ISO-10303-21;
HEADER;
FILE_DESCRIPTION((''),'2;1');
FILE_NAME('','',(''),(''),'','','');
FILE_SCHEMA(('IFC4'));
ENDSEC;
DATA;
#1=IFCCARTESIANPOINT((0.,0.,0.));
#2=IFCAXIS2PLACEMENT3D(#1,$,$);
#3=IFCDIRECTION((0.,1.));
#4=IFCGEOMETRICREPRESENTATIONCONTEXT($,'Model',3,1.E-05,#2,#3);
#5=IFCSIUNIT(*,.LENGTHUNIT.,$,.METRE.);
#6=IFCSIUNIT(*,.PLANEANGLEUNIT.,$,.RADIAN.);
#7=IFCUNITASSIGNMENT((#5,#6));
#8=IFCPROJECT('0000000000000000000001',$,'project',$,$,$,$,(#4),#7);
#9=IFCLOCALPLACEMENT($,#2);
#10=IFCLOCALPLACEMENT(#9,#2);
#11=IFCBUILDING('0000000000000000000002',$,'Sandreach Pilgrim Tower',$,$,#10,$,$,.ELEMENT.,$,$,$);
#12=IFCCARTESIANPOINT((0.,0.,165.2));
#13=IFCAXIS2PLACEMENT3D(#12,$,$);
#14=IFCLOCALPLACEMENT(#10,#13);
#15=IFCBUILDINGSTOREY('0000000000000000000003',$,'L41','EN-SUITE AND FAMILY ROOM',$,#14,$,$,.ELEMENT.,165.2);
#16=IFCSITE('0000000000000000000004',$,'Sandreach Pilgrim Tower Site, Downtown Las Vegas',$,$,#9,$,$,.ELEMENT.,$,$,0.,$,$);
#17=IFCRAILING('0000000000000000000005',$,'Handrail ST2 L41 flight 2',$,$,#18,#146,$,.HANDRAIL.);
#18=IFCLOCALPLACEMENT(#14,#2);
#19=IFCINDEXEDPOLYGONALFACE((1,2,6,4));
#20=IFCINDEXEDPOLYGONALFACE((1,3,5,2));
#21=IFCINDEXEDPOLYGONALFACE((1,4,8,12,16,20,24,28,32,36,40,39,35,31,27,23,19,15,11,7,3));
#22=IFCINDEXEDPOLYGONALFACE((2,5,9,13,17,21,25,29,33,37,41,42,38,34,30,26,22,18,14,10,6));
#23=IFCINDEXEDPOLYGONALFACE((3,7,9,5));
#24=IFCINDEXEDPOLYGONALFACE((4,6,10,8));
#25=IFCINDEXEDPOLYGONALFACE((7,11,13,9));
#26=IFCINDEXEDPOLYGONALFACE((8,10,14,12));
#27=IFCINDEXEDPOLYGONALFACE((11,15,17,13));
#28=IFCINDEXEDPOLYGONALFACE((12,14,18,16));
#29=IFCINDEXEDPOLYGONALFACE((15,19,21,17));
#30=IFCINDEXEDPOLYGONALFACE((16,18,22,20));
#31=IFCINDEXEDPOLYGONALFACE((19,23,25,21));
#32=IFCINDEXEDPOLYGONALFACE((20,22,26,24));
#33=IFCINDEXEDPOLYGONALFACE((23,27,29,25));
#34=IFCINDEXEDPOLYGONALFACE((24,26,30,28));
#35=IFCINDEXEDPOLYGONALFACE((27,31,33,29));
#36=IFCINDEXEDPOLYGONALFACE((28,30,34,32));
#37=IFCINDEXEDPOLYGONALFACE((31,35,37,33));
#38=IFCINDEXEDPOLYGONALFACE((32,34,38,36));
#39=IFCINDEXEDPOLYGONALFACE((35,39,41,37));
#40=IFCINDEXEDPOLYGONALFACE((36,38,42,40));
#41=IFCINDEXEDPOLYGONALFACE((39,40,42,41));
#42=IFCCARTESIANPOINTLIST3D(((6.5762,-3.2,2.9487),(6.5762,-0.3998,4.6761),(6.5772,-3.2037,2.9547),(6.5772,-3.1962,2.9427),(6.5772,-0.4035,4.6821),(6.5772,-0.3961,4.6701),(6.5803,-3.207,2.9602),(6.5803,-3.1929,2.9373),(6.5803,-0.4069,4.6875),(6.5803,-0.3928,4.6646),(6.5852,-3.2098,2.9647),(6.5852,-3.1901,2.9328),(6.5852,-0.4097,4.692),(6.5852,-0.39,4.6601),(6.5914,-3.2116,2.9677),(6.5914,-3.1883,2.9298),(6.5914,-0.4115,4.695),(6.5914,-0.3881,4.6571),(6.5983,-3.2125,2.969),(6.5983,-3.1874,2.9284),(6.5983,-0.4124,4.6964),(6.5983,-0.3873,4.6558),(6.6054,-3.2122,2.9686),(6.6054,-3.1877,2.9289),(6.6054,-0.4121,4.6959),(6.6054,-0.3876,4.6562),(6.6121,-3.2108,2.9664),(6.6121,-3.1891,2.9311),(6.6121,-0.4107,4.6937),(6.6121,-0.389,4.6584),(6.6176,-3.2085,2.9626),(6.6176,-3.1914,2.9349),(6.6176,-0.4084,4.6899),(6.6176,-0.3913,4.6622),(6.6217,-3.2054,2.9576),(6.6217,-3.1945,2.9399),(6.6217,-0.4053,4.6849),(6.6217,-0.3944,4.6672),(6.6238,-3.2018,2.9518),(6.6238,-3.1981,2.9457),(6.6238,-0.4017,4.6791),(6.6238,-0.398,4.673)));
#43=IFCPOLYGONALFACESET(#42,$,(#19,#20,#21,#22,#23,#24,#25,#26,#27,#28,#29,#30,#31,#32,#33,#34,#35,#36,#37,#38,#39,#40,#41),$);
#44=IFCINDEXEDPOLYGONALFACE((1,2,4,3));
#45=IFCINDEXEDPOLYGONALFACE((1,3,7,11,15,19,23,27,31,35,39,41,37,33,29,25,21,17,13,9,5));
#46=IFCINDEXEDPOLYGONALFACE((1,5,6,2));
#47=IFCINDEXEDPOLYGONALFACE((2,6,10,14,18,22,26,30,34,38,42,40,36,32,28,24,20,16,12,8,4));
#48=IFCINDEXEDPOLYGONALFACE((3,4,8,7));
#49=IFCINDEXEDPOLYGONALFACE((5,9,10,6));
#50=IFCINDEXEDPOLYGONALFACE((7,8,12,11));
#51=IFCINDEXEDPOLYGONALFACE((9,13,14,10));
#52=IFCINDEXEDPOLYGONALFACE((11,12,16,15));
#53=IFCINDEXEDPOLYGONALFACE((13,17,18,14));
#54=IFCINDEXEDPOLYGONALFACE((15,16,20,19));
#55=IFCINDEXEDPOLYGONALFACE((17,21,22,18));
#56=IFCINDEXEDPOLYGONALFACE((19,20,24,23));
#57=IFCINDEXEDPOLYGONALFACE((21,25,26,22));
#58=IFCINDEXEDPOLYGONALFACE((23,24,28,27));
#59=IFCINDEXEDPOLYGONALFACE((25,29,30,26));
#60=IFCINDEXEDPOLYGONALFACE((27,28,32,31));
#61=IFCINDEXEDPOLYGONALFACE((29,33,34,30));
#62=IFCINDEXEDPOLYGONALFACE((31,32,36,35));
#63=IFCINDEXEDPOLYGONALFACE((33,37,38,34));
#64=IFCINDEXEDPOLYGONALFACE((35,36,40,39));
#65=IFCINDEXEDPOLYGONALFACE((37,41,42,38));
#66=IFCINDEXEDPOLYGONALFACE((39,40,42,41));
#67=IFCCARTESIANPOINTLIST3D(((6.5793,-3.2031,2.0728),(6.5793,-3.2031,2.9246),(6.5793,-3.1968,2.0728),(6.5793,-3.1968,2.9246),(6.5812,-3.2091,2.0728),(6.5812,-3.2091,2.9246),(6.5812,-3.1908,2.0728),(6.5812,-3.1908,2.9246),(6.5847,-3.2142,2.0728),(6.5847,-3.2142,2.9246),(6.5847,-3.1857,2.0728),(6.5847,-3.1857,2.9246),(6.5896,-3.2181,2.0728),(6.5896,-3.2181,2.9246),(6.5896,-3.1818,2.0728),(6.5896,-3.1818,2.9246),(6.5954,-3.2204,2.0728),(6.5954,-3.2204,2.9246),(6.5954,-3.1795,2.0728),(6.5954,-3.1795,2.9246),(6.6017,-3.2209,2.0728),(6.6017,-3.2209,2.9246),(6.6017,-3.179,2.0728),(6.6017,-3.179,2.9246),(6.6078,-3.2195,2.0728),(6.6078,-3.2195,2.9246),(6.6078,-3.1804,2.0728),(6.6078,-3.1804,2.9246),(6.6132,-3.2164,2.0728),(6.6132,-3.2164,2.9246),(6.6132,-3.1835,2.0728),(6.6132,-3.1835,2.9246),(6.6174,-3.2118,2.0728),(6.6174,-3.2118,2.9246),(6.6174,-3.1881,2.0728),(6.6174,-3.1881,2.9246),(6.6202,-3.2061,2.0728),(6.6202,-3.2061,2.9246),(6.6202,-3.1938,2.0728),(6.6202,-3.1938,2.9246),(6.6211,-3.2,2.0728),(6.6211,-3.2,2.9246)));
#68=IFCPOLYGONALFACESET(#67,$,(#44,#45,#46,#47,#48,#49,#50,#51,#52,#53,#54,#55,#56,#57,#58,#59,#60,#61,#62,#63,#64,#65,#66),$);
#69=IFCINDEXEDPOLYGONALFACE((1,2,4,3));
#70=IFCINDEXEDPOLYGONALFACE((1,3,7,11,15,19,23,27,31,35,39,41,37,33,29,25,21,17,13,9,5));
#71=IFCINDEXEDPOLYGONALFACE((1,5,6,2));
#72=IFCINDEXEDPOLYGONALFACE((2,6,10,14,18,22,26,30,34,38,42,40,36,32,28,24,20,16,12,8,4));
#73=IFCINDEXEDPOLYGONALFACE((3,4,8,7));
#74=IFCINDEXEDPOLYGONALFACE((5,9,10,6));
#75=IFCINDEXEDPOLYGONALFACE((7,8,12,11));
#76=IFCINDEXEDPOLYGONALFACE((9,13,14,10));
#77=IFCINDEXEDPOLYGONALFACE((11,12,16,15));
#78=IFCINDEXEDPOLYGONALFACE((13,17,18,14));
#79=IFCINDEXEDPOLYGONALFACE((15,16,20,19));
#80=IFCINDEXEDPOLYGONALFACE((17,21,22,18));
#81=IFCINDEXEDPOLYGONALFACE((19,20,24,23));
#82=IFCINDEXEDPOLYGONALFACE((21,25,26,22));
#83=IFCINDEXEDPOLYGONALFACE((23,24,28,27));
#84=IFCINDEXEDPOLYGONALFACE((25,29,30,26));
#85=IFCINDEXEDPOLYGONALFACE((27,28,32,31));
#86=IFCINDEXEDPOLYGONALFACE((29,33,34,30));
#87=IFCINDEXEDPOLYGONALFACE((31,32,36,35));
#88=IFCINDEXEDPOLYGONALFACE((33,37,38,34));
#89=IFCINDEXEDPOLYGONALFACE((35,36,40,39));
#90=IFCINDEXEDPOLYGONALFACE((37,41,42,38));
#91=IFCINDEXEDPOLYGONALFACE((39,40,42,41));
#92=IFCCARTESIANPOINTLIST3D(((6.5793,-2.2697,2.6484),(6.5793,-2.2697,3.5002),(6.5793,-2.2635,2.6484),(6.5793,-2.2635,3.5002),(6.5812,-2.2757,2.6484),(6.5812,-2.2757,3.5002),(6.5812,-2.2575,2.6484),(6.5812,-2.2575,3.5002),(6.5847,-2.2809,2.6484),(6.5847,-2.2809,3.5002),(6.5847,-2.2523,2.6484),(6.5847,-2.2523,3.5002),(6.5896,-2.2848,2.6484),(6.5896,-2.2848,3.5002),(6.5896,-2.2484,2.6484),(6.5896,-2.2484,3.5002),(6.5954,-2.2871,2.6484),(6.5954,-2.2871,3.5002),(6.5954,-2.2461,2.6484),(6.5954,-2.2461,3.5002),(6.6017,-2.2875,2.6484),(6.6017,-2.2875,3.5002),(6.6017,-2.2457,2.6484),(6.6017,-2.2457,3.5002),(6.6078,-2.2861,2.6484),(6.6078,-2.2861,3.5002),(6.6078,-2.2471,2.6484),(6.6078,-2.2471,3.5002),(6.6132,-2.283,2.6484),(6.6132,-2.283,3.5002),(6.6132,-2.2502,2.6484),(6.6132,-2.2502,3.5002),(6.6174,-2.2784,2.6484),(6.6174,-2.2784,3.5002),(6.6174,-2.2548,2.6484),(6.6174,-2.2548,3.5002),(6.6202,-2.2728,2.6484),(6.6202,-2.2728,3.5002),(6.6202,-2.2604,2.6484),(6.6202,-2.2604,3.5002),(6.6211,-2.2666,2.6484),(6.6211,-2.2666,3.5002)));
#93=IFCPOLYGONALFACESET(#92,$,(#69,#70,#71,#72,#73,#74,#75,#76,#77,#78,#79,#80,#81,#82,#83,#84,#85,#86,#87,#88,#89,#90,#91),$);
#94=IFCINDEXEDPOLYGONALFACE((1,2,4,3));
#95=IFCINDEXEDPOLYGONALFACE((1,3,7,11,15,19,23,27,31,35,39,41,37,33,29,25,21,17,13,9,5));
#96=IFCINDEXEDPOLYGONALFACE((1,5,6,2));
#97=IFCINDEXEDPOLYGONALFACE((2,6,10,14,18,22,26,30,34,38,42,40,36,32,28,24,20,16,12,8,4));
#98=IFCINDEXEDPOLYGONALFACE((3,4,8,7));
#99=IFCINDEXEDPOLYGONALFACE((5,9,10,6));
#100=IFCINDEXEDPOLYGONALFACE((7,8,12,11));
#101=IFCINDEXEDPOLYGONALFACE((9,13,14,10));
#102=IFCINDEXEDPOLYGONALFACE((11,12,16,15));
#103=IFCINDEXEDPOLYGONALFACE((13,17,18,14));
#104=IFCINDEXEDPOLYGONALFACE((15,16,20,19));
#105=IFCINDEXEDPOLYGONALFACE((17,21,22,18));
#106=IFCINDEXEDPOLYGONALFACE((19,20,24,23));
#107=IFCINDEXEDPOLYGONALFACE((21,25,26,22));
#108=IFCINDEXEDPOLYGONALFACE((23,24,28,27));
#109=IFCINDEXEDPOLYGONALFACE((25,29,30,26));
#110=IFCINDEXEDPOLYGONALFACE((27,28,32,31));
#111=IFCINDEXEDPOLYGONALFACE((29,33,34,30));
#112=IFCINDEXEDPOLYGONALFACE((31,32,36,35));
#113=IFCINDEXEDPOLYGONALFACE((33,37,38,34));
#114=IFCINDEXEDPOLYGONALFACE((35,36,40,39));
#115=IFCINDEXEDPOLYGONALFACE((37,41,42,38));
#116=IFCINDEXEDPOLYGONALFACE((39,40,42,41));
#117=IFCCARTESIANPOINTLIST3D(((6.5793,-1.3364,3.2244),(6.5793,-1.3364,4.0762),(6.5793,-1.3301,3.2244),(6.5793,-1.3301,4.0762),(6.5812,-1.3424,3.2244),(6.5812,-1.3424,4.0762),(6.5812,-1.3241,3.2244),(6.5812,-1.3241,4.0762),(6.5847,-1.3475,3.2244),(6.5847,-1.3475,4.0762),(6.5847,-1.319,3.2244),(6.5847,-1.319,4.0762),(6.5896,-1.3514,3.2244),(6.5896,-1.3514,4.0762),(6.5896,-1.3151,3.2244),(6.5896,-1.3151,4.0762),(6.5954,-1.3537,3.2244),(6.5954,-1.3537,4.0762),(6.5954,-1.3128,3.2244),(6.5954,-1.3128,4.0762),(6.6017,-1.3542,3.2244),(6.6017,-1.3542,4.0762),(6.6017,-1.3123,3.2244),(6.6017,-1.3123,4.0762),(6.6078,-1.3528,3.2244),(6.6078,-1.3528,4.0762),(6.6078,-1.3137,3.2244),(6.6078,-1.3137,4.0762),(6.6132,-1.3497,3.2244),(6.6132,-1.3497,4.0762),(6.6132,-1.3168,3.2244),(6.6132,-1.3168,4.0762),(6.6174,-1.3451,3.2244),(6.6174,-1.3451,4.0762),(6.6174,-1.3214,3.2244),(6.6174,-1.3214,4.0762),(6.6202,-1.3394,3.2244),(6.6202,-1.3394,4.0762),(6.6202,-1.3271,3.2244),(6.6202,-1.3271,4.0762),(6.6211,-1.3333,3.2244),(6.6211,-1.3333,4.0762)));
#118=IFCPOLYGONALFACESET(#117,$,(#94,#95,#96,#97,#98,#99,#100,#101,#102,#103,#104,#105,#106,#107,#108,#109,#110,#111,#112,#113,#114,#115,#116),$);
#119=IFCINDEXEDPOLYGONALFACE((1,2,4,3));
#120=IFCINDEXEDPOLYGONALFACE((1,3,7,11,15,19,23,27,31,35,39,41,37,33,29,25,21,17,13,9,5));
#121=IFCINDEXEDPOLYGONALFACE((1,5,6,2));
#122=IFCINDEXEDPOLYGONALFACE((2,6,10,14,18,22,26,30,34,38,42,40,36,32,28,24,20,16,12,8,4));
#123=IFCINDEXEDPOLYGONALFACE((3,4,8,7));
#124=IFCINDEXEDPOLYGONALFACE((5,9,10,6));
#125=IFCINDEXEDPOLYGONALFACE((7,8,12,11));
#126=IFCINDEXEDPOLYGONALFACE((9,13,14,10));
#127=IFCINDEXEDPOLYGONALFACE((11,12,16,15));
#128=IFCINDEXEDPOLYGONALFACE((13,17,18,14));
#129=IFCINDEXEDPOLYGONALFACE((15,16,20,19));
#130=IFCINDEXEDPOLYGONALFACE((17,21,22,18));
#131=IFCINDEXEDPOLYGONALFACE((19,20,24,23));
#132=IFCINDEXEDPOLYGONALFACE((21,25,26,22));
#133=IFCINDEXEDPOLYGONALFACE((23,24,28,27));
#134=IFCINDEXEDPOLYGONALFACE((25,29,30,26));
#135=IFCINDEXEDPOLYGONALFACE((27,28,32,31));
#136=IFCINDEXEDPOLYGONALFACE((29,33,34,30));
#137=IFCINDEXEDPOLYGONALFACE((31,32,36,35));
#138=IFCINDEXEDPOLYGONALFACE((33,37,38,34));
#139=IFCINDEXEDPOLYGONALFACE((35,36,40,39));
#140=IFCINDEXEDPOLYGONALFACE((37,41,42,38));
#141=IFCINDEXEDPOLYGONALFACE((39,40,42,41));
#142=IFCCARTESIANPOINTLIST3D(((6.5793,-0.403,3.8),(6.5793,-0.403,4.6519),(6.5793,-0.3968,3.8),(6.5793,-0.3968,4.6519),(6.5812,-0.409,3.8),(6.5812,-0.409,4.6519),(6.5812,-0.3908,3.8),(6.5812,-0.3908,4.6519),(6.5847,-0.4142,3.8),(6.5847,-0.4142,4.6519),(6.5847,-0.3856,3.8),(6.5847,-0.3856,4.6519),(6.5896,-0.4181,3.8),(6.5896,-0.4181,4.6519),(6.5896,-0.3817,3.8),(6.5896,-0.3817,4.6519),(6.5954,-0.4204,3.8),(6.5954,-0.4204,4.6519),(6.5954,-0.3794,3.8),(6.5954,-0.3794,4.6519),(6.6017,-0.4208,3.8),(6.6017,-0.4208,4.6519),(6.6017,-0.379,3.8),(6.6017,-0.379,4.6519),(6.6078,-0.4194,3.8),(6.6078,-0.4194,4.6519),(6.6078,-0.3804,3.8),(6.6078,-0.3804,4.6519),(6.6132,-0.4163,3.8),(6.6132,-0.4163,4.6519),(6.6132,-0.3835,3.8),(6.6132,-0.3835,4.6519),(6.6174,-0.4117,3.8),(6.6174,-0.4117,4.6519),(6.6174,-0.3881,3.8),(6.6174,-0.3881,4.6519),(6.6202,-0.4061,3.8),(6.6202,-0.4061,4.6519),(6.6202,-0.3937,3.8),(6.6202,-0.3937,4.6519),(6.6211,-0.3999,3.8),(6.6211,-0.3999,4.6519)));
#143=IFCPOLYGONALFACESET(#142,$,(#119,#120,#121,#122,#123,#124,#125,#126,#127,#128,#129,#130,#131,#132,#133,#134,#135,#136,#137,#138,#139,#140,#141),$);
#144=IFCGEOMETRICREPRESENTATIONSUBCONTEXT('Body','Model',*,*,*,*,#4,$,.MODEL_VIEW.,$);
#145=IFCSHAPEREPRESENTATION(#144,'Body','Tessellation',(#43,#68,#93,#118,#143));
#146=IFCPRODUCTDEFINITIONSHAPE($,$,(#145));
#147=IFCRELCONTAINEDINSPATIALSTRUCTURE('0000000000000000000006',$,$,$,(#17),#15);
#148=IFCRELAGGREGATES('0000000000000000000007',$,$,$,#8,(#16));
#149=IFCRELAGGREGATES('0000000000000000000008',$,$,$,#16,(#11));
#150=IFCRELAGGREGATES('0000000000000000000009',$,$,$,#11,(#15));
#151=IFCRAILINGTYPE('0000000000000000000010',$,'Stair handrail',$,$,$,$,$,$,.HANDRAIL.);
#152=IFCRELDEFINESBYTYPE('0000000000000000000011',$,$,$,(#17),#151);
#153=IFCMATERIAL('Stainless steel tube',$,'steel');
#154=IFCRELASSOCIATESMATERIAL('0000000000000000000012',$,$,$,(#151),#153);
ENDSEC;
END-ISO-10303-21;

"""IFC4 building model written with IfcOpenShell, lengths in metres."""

from ifc_helpers import new_model, si_unit, direction, frame, origin, origin_2d, place, context, subcontext, project, spatial, circle, extrude, material, type_object, element, save


model = new_model("IFC4")

# Units and contexts
model_context = context("Model", 3, precision=1e-05, world=origin(), true_north=direction((0.0, 1.0)))
body_context = subcontext(model_context, "Body", "Model", "MODEL_VIEW")
ifc_project = project(units=[si_unit("LENGTHUNIT", "METRE"), si_unit("PLANEANGLEUNIT", "RADIAN")], contexts=[model_context])

# Site, building, storey
site_placement = place(None, origin())
site = spatial("IfcSite", under=ifc_project, at=site_placement, Name="Sandreach Pilgrim Tower Site, Downtown Las Vegas", CompositionType="ELEMENT", RefElevation=0.0)
building_placement = place(site_placement, origin())
building = spatial("IfcBuilding", under=site, at=building_placement, Name="Sandreach Pilgrim Tower", CompositionType="ELEMENT")
storey_placement = place(building_placement, frame((0.0, 0.0, 165.2)))
storey = spatial("IfcBuildingStorey", under=building, at=storey_placement, Name="L41", Description="EN-SUITE AND FAMILY ROOM", CompositionType="ELEMENT", Elevation=165.2)

# Railing
ifc_material_1 = material(Name="Stainless steel tube", Category="steel")
railing_type = type_object("IfcRailingType", Name="Stair handrail", PredefinedType="HANDRAIL", material=ifc_material_1)
for number, where, name in (
    (1, (6.6001, -3.2, 2.0728), "Handrail ST2 L41 flight 2"),
):
    element("IfcRailing", number, at=place(storey_placement, frame(where)), inside=storey, type_object=railing_type, Name=name, PredefinedType="HANDRAIL", context=body_context, shape_type="SweptSolid", body=[
        extrude(circle(Radius=0.0239, at=origin_2d()), frame((0.0, 0.0, 0.876), z_axis=(0.0, 0.85109, 0.52502), x_axis=(-1.0, 0.0, 0.0)), (0.0, 0.0, 1.0), 3.29),
        extrude(circle(Radius=0.021, at=origin_2d()), origin(), (0.0, 0.0, 1.0), 0.8518),
        extrude(circle(Radius=0.021, at=origin_2d()), frame((0.0, 0.9333, 0.5757)), (0.0, 0.0, 1.0), 0.8518),
        extrude(circle(Radius=0.021, at=origin_2d()), frame((0.0, 1.8667, 1.1516)), (0.0, 0.0, 1.0), 0.8518),
        extrude(circle(Radius=0.021, at=origin_2d()), frame((0.0, 2.8, 1.7273)), (0.0, 0.0, 1.0), 0.8518),
    ])

save(model, "model.ifc")
